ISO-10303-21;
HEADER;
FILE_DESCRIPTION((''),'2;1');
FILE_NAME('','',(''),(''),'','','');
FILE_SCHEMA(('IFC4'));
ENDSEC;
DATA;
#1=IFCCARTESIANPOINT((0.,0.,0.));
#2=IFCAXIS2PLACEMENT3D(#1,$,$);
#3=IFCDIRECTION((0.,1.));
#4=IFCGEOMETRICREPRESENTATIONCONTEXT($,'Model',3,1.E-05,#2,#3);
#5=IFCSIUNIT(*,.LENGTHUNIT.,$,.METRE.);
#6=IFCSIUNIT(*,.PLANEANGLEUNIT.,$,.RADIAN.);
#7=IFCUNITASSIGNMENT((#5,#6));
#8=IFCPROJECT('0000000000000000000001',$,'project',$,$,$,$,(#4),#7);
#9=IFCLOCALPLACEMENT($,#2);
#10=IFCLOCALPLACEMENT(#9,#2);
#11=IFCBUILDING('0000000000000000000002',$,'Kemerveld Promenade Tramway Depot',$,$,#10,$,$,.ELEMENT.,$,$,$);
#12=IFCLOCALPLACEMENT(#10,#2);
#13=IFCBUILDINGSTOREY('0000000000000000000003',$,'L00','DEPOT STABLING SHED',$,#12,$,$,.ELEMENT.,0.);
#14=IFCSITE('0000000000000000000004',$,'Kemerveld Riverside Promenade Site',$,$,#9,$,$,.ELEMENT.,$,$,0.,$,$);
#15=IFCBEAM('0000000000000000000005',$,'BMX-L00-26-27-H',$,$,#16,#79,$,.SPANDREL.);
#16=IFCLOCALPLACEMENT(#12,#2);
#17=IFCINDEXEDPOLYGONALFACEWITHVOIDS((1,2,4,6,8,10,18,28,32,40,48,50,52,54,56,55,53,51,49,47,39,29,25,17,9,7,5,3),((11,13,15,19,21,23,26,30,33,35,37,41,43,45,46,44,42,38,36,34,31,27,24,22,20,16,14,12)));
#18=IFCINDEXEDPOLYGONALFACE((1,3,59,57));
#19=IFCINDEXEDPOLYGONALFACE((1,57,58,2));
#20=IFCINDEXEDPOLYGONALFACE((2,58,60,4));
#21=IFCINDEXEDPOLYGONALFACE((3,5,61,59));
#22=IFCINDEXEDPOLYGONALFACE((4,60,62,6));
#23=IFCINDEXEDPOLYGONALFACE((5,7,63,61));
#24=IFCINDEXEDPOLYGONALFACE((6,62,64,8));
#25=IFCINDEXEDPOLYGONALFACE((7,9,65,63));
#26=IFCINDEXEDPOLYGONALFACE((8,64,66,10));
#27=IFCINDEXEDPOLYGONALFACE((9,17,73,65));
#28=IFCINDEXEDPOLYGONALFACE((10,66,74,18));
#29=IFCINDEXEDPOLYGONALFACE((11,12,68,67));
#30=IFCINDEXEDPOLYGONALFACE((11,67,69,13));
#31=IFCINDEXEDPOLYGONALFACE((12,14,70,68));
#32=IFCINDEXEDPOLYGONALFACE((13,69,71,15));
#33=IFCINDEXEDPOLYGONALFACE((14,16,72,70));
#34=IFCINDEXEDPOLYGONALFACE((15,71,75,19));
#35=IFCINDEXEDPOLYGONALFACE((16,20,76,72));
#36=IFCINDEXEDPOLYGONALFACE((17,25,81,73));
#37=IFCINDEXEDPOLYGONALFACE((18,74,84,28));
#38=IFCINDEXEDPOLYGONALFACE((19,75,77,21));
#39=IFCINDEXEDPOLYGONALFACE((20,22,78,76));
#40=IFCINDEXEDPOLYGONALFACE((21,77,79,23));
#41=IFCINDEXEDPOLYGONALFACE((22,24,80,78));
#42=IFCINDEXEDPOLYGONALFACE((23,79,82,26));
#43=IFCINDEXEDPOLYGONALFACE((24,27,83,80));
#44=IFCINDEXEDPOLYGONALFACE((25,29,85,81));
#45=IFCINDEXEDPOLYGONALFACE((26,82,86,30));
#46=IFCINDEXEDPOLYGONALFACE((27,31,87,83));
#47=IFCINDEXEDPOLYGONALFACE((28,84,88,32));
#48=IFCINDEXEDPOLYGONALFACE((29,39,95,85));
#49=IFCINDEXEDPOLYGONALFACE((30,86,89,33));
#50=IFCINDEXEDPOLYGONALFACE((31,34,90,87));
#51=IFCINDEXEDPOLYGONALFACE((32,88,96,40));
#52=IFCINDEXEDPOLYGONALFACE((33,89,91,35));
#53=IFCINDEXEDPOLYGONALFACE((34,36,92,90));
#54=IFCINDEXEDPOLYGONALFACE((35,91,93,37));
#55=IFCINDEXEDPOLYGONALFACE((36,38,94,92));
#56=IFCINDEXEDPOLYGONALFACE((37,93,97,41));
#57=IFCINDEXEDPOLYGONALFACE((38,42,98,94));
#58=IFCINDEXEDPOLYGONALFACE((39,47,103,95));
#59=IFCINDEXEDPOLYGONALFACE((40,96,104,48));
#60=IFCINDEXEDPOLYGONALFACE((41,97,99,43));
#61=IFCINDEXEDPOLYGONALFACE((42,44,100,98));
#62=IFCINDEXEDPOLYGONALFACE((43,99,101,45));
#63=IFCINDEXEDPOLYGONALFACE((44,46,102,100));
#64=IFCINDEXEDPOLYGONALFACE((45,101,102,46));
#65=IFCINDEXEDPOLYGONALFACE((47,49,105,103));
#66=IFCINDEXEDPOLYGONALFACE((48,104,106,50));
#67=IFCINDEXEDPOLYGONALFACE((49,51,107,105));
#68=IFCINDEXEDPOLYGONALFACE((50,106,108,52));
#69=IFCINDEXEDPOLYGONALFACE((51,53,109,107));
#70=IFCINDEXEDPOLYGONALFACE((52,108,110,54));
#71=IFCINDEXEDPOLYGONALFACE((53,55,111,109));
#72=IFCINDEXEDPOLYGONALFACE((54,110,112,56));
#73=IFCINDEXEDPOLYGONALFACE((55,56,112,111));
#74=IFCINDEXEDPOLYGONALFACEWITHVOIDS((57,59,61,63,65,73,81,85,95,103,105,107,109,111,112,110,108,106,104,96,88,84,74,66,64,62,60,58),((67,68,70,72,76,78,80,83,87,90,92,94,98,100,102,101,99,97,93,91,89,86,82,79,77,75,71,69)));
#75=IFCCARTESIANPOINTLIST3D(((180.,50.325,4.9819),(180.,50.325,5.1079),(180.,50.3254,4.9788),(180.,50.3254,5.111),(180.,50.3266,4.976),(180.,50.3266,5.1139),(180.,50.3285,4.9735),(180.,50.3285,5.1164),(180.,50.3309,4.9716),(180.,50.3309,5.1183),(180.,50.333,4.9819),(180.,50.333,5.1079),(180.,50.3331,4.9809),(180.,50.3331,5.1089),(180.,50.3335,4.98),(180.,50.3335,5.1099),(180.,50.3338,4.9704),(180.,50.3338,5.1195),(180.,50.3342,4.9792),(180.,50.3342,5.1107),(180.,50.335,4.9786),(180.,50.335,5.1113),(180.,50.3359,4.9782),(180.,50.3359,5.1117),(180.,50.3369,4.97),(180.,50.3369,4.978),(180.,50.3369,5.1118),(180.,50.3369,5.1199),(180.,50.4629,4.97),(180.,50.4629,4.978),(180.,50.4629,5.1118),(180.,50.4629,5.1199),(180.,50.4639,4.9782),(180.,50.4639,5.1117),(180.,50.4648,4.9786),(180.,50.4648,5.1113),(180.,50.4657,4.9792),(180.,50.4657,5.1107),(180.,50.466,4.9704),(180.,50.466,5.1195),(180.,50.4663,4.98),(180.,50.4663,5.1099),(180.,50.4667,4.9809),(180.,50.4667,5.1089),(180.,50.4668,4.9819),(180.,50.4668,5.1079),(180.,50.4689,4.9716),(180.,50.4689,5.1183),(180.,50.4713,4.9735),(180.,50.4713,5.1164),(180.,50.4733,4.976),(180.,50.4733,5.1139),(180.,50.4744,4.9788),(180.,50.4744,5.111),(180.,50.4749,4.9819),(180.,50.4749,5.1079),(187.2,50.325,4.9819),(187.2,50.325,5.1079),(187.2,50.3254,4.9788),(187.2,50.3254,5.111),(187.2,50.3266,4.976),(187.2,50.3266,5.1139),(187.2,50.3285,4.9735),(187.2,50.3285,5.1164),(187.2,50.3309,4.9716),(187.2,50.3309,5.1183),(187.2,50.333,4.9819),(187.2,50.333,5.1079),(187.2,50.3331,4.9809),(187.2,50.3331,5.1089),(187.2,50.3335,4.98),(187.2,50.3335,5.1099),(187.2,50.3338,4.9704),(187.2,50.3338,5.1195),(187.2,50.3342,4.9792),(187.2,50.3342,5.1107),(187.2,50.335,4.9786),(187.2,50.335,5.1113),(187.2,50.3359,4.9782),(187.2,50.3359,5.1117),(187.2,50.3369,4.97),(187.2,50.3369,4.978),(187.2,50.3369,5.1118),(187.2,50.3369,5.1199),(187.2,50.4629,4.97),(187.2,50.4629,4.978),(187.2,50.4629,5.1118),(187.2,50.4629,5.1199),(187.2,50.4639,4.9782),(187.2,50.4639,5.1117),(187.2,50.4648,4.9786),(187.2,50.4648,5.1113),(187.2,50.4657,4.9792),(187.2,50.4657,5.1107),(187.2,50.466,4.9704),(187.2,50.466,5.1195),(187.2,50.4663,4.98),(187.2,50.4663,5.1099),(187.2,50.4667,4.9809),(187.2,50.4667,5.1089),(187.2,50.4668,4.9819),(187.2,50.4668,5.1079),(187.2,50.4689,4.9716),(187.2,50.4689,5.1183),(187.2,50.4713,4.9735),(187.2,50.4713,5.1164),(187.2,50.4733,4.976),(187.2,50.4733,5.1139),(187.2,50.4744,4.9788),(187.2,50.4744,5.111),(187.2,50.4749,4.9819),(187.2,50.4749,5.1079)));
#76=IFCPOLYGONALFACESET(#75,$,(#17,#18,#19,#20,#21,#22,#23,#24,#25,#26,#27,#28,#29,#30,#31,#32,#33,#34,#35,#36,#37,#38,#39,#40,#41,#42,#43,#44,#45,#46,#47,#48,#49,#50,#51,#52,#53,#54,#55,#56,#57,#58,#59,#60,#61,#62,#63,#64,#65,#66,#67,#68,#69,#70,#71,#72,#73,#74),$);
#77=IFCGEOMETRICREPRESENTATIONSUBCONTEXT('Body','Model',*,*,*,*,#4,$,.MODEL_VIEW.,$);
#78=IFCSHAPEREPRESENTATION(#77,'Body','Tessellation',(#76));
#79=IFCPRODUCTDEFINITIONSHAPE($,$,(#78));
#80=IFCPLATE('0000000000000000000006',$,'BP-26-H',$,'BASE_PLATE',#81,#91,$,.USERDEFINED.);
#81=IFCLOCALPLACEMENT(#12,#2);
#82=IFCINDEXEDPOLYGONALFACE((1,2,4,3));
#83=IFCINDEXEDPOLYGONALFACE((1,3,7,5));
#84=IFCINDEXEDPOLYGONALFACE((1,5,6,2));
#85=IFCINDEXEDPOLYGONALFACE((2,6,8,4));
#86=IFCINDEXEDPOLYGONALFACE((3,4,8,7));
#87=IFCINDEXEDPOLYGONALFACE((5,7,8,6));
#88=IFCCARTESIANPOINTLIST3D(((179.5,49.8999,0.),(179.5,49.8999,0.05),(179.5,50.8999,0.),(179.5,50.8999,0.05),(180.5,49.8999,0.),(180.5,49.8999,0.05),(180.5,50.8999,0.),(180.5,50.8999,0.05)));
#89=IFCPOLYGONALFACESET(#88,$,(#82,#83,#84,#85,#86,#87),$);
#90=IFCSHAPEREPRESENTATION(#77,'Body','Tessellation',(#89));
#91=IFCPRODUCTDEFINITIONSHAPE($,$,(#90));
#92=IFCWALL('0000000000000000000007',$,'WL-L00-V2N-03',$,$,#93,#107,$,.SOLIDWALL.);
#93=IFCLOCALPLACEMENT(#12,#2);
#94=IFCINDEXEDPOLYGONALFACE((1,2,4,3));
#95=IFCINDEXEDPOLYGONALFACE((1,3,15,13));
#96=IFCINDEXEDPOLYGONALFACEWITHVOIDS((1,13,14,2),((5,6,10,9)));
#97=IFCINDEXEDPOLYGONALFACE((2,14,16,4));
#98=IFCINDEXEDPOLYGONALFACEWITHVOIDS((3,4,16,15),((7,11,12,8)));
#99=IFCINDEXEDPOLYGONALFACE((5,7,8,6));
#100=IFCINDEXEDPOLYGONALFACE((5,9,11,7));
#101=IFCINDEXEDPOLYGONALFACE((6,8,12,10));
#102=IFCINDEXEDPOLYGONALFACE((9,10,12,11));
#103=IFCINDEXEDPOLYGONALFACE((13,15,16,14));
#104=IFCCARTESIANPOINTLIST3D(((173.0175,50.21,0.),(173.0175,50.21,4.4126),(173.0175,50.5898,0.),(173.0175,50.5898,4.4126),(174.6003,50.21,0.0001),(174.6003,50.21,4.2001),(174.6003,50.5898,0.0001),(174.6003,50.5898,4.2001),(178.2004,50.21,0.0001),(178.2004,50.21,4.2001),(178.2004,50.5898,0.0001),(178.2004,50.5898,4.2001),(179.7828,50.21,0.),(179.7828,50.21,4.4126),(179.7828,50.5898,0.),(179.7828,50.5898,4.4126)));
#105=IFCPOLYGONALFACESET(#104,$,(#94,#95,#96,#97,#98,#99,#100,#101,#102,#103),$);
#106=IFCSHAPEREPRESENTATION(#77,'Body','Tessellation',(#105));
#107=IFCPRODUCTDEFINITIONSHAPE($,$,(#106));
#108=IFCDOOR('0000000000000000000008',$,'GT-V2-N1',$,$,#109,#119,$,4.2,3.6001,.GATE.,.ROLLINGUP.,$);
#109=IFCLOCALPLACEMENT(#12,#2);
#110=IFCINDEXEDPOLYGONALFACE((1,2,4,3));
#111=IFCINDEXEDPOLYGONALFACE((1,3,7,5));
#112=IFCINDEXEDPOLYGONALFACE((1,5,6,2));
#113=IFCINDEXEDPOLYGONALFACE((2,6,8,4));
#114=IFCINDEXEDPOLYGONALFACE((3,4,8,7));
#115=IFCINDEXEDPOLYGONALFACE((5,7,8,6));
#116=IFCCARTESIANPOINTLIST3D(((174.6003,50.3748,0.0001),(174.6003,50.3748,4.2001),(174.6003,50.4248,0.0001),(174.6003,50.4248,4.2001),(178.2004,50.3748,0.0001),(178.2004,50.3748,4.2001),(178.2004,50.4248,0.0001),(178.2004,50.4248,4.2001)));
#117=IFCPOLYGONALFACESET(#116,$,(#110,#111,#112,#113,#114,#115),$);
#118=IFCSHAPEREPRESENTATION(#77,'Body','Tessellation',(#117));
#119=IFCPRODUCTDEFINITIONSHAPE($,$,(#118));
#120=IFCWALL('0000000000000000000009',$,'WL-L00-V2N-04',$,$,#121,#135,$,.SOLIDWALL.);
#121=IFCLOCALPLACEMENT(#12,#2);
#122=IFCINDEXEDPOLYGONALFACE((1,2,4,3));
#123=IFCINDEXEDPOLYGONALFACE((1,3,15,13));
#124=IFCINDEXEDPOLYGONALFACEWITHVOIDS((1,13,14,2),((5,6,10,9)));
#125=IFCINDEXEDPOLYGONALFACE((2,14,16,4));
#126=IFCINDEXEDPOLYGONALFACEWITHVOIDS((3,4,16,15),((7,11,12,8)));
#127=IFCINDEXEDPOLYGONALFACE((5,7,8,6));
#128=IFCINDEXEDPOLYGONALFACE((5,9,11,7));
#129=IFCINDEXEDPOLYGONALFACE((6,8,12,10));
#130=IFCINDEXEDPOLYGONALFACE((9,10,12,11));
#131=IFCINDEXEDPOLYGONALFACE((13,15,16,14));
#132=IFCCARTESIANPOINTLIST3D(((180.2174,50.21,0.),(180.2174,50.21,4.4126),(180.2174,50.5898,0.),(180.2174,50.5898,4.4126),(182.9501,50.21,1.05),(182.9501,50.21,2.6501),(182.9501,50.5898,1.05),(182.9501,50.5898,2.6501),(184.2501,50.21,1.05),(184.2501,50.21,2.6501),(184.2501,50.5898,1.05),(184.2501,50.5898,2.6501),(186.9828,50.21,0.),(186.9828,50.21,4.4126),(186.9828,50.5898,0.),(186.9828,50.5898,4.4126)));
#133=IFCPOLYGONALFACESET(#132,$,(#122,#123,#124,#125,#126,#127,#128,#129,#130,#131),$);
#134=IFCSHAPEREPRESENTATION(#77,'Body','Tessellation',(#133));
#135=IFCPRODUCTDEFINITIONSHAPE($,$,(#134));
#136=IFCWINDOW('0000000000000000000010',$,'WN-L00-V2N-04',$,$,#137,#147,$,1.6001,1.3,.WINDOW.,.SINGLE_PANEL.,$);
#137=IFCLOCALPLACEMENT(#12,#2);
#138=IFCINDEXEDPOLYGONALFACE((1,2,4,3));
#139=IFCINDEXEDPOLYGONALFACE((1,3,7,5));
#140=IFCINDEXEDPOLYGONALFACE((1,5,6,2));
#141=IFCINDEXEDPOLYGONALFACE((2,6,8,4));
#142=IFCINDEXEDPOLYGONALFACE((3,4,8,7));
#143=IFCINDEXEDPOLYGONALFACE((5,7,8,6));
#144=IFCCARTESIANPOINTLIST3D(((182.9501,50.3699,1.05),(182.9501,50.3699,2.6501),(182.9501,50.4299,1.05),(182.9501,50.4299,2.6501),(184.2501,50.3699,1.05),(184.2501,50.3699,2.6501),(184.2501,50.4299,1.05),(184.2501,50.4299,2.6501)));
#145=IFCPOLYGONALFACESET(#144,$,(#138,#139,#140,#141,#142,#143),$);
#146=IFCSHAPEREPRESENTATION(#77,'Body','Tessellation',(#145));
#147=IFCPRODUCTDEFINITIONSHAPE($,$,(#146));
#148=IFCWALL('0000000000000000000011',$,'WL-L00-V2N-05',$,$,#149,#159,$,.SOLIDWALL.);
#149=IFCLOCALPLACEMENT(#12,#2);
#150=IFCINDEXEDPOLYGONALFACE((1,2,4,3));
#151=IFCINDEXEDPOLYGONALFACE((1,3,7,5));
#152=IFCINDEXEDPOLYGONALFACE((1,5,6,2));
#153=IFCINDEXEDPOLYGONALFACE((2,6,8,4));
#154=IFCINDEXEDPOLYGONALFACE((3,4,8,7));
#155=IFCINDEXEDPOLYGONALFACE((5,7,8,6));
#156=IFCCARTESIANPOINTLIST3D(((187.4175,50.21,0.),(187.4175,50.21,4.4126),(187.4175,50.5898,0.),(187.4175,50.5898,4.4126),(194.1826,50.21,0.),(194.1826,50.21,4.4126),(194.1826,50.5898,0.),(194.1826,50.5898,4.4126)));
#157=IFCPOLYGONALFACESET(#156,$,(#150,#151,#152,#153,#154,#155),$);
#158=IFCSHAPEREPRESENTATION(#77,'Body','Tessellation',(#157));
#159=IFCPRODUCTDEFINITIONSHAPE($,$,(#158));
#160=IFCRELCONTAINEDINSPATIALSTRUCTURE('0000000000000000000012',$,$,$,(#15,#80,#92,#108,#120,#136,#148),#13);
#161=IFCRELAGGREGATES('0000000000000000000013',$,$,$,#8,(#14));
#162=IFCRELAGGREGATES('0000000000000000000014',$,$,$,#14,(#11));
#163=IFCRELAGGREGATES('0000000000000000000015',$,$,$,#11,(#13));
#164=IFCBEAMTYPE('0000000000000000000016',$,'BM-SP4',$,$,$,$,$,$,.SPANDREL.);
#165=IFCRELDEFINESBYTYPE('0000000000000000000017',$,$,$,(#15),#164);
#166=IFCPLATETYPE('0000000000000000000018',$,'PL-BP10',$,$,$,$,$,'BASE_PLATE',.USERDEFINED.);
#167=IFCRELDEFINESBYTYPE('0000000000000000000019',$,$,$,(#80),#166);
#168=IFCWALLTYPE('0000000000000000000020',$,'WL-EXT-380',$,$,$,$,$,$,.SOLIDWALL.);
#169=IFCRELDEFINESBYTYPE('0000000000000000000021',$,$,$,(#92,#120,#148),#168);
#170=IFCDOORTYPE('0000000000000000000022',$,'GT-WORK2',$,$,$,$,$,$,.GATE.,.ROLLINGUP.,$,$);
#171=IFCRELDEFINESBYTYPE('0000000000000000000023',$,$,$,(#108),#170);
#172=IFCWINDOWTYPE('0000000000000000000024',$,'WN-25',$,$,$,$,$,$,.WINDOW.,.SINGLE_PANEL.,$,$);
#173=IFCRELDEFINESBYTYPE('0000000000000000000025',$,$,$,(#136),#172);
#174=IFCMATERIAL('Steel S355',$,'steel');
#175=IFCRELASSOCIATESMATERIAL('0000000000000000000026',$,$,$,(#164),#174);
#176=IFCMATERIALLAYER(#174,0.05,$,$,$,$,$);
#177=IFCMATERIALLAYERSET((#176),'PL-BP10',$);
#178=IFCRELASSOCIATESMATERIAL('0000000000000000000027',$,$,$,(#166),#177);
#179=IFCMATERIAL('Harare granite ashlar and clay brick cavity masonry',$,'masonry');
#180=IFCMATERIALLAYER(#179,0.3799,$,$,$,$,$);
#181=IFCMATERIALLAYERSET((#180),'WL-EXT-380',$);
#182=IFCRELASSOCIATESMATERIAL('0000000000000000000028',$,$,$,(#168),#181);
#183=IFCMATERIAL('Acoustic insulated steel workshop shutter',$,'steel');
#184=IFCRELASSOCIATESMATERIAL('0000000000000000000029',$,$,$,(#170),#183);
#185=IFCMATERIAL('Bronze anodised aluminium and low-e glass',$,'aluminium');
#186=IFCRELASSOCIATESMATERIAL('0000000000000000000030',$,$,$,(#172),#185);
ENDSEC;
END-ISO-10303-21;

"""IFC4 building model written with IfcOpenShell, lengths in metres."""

from ifc_helpers import new_model, si_unit, direction, frame, frame_2d, origin, origin_2d, place, context, subcontext, project, spatial, rectangle, hollow_rectangle, extrude, material, layer, layer_set, material_profile, profile_set, type_object, element, fill, save


model = new_model("IFC4")

# Units and contexts
model_context = context("Model", 3, precision=1e-05, world=origin(), true_north=direction((0.0, 1.0)))
body_context = subcontext(model_context, "Body", "Model", "MODEL_VIEW")
ifc_project = project(units=[si_unit("LENGTHUNIT", "METRE"), si_unit("PLANEANGLEUNIT", "RADIAN")], contexts=[model_context])

# Site, building, storey
site_placement = place(None, origin())
site = spatial("IfcSite", under=ifc_project, at=site_placement, Name="Kemerveld Riverside Promenade Site", CompositionType="ELEMENT", RefElevation=0.0)
building_placement = place(site_placement, origin())
building = spatial("IfcBuilding", under=site, at=building_placement, Name="Kemerveld Promenade Tramway Depot", CompositionType="ELEMENT")
storey_placement = place(building_placement, origin())
storey = spatial("IfcBuildingStorey", under=building, at=storey_placement, Name="L00", Description="DEPOT STABLING SHED", CompositionType="ELEMENT", Elevation=0.0)

# Shared definitions
ifc_material_1 = material(Name="Steel S355", Category="steel")

# Beam
ifc_material_profile_1 = material_profile(ifc_material_1, hollow_rectangle(XDim=0.1499, YDim=0.1499, WallThickness=0.0081, InnerFilletRadius=0.0039, OuterFilletRadius=0.012, at=origin_2d()), Name="150x150x8.0 SHS")
ifc_profile_set_1 = profile_set([ifc_material_profile_1], Name="Steel S355")
beam_type_1 = type_object("IfcBeamType", Name="BM-SP4", PredefinedType="SPANDREL", material=ifc_profile_set_1)
beam_1_placement = place(storey_placement, frame((180.0, 50.3999, 5.0449), z_axis=(1.0, 0.0, 0.0), x_axis=(0.0, 1.0, 0.0)))
element("IfcBeam", 1, at=beam_1_placement, inside=storey, type_object=beam_type_1, Name="BMX-L00-26-27-H", PredefinedType="SPANDREL", context=body_context, shape_type="SweptSolid", body=[
    extrude(hollow_rectangle(XDim=0.1499, YDim=0.1499, WallThickness=0.0081, InnerFilletRadius=0.0039, OuterFilletRadius=0.012, at=origin_2d()), origin(), (0.0, 0.0, 1.0), 7.2),
])

# Plate
ifc_layer_1 = layer(ifc_material_1, 0.05)
ifc_layer_set_1 = layer_set([ifc_layer_1], Name="PL-BP10")
plate_type = type_object("IfcPlateType", Name="PL-BP10", ElementType="BASE_PLATE", PredefinedType="USERDEFINED", material=ifc_layer_set_1)
plate_placement = place(storey_placement, frame((180.0, 50.3999, 0.0), z_axis=(0.0, 0.0, 1.0), x_axis=(1.0, 0.0, 0.0)))
element("IfcPlate", 2, at=plate_placement, inside=storey, type_object=plate_type, Name="BP-26-H", ObjectType="BASE_PLATE", PredefinedType="USERDEFINED", context=body_context, shape_type="SweptSolid", body=[
    extrude(rectangle(XDim=1.0, YDim=1.0, at=origin_2d()), origin(), (0.0, 0.0, 1.0), 0.05),
])

# Wall, opening, door
ifc_material_2 = material(Name="Harare granite ashlar and clay brick cavity masonry", Category="masonry")
ifc_layer_2 = layer(ifc_material_2, 0.3799)
ifc_layer_set_2 = layer_set([ifc_layer_2], Name="WL-EXT-380")
wall_type = type_object("IfcWallType", Name="WL-EXT-380", PredefinedType="SOLIDWALL", material=ifc_layer_set_2)
wall_1_placement = place(storey_placement, frame((173.0173, 50.3999, 0.0), z_axis=(0.0, 0.0, 1.0), x_axis=(1.0, 0.0, 0.0)))
wall_1 = element("IfcWall", 3, at=wall_1_placement, inside=storey, type_object=wall_type, Name="WL-L00-V2N-03", PredefinedType="SOLIDWALL", context=body_context, shape_type="SweptSolid", body=[
    extrude(rectangle(XDim=6.7654, YDim=0.3799, at=frame_2d((3.3828, 0.0))), origin(), (0.0, 0.0, 1.0), 4.4126),
])
opening_1_placement = place(wall_1_placement, frame((1.583, 0.0, 0.0)))
opening_1 = element("IfcOpeningElement", 4, at=opening_1_placement, cuts=wall_1, PredefinedType="OPENING", context=body_context, shape_type="SweptSolid", body=[
    extrude(rectangle(XDim=3.6001, YDim=4.2, at=frame_2d((1.8, 2.1001))), frame((0.0, 0.2, 0.0), z_axis=(0.0, -1.0, 0.0), x_axis=(1.0, 0.0, 0.0)), (0.0, 0.0, 1.0), 0.3999),
])
ifc_material_3 = material(Name="Acoustic insulated steel workshop shutter", Category="steel")
door_type = type_object("IfcDoorType", Name="GT-WORK2", OperationType="ROLLINGUP", PredefinedType="GATE", material=ifc_material_3)
door_placement = place(opening_1_placement, origin())
door = element("IfcDoor", 5, at=door_placement, inside=storey, type_object=door_type, Name="GT-V2-N1", OperationType="ROLLINGUP", OverallHeight=4.2, OverallWidth=3.6001, PredefinedType="GATE", context=body_context, shape_type="SweptSolid", body=[
    extrude(rectangle(XDim=3.6001, YDim=4.2, at=frame_2d((1.8, 2.1001))), frame((0.0, 0.0249, 0.0), z_axis=(0.0, -1.0, 0.0), x_axis=(1.0, 0.0, 0.0)), (0.0, 0.0, 1.0), 0.05),
])
fill(opening_1, door)

# Wall, opening, window
wall_2_placement = place(storey_placement, frame((180.2173, 50.3999, 0.0), z_axis=(0.0, 0.0, 1.0), x_axis=(1.0, 0.0, 0.0)))
wall_2 = element("IfcWall", 6, at=wall_2_placement, inside=storey, type_object=wall_type, Name="WL-L00-V2N-04", PredefinedType="SOLIDWALL", context=body_context, shape_type="SweptSolid", body=[
    extrude(rectangle(XDim=6.7654, YDim=0.3799, at=frame_2d((3.3828, 0.0))), origin(), (0.0, 0.0, 1.0), 4.4126),
])
opening_2_placement = place(wall_2_placement, frame((2.7329, 0.0, 1.05)))
opening_2 = element("IfcOpeningElement", 7, at=opening_2_placement, cuts=wall_2, PredefinedType="OPENING", context=body_context, shape_type="SweptSolid", body=[
    extrude(rectangle(XDim=1.3, YDim=1.6001, at=frame_2d((0.6499, 0.8))), frame((0.0, 0.2, 0.0), z_axis=(0.0, -1.0, 0.0), x_axis=(1.0, 0.0, 0.0)), (0.0, 0.0, 1.0), 0.3999),
])
ifc_material_4 = material(Name="Bronze anodised aluminium and low-e glass", Category="aluminium")
window_type = type_object("IfcWindowType", Name="WN-25", PartitioningType="SINGLE_PANEL", PredefinedType="WINDOW", material=ifc_material_4)
window_placement = place(opening_2_placement, origin())
window = element("IfcWindow", 8, at=window_placement, inside=storey, type_object=window_type, Name="WN-L00-V2N-04", OverallHeight=1.6001, OverallWidth=1.3, PartitioningType="SINGLE_PANEL", PredefinedType="WINDOW", context=body_context, shape_type="SweptSolid", body=[
    extrude(rectangle(XDim=1.3, YDim=1.6001, at=frame_2d((0.6499, 0.8))), frame((0.0, 0.03, 0.0), z_axis=(0.0, -1.0, 0.0), x_axis=(1.0, 0.0, 0.0)), (0.0, 0.0, 1.0), 0.0601),
])
fill(opening_2, window)

# Wall
wall_3_placement = place(storey_placement, frame((187.4175, 50.3999, 0.0), z_axis=(0.0, 0.0, 1.0), x_axis=(1.0, 0.0, 0.0)))
element("IfcWall", 9, at=wall_3_placement, inside=storey, type_object=wall_type, Name="WL-L00-V2N-05", PredefinedType="SOLIDWALL", context=body_context, shape_type="SweptSolid", body=[
    extrude(rectangle(XDim=6.7651, YDim=0.3799, at=frame_2d((3.3826, 0.0))), origin(), (0.0, 0.0, 1.0), 4.4126),
])

save(model, "model.ifc")
